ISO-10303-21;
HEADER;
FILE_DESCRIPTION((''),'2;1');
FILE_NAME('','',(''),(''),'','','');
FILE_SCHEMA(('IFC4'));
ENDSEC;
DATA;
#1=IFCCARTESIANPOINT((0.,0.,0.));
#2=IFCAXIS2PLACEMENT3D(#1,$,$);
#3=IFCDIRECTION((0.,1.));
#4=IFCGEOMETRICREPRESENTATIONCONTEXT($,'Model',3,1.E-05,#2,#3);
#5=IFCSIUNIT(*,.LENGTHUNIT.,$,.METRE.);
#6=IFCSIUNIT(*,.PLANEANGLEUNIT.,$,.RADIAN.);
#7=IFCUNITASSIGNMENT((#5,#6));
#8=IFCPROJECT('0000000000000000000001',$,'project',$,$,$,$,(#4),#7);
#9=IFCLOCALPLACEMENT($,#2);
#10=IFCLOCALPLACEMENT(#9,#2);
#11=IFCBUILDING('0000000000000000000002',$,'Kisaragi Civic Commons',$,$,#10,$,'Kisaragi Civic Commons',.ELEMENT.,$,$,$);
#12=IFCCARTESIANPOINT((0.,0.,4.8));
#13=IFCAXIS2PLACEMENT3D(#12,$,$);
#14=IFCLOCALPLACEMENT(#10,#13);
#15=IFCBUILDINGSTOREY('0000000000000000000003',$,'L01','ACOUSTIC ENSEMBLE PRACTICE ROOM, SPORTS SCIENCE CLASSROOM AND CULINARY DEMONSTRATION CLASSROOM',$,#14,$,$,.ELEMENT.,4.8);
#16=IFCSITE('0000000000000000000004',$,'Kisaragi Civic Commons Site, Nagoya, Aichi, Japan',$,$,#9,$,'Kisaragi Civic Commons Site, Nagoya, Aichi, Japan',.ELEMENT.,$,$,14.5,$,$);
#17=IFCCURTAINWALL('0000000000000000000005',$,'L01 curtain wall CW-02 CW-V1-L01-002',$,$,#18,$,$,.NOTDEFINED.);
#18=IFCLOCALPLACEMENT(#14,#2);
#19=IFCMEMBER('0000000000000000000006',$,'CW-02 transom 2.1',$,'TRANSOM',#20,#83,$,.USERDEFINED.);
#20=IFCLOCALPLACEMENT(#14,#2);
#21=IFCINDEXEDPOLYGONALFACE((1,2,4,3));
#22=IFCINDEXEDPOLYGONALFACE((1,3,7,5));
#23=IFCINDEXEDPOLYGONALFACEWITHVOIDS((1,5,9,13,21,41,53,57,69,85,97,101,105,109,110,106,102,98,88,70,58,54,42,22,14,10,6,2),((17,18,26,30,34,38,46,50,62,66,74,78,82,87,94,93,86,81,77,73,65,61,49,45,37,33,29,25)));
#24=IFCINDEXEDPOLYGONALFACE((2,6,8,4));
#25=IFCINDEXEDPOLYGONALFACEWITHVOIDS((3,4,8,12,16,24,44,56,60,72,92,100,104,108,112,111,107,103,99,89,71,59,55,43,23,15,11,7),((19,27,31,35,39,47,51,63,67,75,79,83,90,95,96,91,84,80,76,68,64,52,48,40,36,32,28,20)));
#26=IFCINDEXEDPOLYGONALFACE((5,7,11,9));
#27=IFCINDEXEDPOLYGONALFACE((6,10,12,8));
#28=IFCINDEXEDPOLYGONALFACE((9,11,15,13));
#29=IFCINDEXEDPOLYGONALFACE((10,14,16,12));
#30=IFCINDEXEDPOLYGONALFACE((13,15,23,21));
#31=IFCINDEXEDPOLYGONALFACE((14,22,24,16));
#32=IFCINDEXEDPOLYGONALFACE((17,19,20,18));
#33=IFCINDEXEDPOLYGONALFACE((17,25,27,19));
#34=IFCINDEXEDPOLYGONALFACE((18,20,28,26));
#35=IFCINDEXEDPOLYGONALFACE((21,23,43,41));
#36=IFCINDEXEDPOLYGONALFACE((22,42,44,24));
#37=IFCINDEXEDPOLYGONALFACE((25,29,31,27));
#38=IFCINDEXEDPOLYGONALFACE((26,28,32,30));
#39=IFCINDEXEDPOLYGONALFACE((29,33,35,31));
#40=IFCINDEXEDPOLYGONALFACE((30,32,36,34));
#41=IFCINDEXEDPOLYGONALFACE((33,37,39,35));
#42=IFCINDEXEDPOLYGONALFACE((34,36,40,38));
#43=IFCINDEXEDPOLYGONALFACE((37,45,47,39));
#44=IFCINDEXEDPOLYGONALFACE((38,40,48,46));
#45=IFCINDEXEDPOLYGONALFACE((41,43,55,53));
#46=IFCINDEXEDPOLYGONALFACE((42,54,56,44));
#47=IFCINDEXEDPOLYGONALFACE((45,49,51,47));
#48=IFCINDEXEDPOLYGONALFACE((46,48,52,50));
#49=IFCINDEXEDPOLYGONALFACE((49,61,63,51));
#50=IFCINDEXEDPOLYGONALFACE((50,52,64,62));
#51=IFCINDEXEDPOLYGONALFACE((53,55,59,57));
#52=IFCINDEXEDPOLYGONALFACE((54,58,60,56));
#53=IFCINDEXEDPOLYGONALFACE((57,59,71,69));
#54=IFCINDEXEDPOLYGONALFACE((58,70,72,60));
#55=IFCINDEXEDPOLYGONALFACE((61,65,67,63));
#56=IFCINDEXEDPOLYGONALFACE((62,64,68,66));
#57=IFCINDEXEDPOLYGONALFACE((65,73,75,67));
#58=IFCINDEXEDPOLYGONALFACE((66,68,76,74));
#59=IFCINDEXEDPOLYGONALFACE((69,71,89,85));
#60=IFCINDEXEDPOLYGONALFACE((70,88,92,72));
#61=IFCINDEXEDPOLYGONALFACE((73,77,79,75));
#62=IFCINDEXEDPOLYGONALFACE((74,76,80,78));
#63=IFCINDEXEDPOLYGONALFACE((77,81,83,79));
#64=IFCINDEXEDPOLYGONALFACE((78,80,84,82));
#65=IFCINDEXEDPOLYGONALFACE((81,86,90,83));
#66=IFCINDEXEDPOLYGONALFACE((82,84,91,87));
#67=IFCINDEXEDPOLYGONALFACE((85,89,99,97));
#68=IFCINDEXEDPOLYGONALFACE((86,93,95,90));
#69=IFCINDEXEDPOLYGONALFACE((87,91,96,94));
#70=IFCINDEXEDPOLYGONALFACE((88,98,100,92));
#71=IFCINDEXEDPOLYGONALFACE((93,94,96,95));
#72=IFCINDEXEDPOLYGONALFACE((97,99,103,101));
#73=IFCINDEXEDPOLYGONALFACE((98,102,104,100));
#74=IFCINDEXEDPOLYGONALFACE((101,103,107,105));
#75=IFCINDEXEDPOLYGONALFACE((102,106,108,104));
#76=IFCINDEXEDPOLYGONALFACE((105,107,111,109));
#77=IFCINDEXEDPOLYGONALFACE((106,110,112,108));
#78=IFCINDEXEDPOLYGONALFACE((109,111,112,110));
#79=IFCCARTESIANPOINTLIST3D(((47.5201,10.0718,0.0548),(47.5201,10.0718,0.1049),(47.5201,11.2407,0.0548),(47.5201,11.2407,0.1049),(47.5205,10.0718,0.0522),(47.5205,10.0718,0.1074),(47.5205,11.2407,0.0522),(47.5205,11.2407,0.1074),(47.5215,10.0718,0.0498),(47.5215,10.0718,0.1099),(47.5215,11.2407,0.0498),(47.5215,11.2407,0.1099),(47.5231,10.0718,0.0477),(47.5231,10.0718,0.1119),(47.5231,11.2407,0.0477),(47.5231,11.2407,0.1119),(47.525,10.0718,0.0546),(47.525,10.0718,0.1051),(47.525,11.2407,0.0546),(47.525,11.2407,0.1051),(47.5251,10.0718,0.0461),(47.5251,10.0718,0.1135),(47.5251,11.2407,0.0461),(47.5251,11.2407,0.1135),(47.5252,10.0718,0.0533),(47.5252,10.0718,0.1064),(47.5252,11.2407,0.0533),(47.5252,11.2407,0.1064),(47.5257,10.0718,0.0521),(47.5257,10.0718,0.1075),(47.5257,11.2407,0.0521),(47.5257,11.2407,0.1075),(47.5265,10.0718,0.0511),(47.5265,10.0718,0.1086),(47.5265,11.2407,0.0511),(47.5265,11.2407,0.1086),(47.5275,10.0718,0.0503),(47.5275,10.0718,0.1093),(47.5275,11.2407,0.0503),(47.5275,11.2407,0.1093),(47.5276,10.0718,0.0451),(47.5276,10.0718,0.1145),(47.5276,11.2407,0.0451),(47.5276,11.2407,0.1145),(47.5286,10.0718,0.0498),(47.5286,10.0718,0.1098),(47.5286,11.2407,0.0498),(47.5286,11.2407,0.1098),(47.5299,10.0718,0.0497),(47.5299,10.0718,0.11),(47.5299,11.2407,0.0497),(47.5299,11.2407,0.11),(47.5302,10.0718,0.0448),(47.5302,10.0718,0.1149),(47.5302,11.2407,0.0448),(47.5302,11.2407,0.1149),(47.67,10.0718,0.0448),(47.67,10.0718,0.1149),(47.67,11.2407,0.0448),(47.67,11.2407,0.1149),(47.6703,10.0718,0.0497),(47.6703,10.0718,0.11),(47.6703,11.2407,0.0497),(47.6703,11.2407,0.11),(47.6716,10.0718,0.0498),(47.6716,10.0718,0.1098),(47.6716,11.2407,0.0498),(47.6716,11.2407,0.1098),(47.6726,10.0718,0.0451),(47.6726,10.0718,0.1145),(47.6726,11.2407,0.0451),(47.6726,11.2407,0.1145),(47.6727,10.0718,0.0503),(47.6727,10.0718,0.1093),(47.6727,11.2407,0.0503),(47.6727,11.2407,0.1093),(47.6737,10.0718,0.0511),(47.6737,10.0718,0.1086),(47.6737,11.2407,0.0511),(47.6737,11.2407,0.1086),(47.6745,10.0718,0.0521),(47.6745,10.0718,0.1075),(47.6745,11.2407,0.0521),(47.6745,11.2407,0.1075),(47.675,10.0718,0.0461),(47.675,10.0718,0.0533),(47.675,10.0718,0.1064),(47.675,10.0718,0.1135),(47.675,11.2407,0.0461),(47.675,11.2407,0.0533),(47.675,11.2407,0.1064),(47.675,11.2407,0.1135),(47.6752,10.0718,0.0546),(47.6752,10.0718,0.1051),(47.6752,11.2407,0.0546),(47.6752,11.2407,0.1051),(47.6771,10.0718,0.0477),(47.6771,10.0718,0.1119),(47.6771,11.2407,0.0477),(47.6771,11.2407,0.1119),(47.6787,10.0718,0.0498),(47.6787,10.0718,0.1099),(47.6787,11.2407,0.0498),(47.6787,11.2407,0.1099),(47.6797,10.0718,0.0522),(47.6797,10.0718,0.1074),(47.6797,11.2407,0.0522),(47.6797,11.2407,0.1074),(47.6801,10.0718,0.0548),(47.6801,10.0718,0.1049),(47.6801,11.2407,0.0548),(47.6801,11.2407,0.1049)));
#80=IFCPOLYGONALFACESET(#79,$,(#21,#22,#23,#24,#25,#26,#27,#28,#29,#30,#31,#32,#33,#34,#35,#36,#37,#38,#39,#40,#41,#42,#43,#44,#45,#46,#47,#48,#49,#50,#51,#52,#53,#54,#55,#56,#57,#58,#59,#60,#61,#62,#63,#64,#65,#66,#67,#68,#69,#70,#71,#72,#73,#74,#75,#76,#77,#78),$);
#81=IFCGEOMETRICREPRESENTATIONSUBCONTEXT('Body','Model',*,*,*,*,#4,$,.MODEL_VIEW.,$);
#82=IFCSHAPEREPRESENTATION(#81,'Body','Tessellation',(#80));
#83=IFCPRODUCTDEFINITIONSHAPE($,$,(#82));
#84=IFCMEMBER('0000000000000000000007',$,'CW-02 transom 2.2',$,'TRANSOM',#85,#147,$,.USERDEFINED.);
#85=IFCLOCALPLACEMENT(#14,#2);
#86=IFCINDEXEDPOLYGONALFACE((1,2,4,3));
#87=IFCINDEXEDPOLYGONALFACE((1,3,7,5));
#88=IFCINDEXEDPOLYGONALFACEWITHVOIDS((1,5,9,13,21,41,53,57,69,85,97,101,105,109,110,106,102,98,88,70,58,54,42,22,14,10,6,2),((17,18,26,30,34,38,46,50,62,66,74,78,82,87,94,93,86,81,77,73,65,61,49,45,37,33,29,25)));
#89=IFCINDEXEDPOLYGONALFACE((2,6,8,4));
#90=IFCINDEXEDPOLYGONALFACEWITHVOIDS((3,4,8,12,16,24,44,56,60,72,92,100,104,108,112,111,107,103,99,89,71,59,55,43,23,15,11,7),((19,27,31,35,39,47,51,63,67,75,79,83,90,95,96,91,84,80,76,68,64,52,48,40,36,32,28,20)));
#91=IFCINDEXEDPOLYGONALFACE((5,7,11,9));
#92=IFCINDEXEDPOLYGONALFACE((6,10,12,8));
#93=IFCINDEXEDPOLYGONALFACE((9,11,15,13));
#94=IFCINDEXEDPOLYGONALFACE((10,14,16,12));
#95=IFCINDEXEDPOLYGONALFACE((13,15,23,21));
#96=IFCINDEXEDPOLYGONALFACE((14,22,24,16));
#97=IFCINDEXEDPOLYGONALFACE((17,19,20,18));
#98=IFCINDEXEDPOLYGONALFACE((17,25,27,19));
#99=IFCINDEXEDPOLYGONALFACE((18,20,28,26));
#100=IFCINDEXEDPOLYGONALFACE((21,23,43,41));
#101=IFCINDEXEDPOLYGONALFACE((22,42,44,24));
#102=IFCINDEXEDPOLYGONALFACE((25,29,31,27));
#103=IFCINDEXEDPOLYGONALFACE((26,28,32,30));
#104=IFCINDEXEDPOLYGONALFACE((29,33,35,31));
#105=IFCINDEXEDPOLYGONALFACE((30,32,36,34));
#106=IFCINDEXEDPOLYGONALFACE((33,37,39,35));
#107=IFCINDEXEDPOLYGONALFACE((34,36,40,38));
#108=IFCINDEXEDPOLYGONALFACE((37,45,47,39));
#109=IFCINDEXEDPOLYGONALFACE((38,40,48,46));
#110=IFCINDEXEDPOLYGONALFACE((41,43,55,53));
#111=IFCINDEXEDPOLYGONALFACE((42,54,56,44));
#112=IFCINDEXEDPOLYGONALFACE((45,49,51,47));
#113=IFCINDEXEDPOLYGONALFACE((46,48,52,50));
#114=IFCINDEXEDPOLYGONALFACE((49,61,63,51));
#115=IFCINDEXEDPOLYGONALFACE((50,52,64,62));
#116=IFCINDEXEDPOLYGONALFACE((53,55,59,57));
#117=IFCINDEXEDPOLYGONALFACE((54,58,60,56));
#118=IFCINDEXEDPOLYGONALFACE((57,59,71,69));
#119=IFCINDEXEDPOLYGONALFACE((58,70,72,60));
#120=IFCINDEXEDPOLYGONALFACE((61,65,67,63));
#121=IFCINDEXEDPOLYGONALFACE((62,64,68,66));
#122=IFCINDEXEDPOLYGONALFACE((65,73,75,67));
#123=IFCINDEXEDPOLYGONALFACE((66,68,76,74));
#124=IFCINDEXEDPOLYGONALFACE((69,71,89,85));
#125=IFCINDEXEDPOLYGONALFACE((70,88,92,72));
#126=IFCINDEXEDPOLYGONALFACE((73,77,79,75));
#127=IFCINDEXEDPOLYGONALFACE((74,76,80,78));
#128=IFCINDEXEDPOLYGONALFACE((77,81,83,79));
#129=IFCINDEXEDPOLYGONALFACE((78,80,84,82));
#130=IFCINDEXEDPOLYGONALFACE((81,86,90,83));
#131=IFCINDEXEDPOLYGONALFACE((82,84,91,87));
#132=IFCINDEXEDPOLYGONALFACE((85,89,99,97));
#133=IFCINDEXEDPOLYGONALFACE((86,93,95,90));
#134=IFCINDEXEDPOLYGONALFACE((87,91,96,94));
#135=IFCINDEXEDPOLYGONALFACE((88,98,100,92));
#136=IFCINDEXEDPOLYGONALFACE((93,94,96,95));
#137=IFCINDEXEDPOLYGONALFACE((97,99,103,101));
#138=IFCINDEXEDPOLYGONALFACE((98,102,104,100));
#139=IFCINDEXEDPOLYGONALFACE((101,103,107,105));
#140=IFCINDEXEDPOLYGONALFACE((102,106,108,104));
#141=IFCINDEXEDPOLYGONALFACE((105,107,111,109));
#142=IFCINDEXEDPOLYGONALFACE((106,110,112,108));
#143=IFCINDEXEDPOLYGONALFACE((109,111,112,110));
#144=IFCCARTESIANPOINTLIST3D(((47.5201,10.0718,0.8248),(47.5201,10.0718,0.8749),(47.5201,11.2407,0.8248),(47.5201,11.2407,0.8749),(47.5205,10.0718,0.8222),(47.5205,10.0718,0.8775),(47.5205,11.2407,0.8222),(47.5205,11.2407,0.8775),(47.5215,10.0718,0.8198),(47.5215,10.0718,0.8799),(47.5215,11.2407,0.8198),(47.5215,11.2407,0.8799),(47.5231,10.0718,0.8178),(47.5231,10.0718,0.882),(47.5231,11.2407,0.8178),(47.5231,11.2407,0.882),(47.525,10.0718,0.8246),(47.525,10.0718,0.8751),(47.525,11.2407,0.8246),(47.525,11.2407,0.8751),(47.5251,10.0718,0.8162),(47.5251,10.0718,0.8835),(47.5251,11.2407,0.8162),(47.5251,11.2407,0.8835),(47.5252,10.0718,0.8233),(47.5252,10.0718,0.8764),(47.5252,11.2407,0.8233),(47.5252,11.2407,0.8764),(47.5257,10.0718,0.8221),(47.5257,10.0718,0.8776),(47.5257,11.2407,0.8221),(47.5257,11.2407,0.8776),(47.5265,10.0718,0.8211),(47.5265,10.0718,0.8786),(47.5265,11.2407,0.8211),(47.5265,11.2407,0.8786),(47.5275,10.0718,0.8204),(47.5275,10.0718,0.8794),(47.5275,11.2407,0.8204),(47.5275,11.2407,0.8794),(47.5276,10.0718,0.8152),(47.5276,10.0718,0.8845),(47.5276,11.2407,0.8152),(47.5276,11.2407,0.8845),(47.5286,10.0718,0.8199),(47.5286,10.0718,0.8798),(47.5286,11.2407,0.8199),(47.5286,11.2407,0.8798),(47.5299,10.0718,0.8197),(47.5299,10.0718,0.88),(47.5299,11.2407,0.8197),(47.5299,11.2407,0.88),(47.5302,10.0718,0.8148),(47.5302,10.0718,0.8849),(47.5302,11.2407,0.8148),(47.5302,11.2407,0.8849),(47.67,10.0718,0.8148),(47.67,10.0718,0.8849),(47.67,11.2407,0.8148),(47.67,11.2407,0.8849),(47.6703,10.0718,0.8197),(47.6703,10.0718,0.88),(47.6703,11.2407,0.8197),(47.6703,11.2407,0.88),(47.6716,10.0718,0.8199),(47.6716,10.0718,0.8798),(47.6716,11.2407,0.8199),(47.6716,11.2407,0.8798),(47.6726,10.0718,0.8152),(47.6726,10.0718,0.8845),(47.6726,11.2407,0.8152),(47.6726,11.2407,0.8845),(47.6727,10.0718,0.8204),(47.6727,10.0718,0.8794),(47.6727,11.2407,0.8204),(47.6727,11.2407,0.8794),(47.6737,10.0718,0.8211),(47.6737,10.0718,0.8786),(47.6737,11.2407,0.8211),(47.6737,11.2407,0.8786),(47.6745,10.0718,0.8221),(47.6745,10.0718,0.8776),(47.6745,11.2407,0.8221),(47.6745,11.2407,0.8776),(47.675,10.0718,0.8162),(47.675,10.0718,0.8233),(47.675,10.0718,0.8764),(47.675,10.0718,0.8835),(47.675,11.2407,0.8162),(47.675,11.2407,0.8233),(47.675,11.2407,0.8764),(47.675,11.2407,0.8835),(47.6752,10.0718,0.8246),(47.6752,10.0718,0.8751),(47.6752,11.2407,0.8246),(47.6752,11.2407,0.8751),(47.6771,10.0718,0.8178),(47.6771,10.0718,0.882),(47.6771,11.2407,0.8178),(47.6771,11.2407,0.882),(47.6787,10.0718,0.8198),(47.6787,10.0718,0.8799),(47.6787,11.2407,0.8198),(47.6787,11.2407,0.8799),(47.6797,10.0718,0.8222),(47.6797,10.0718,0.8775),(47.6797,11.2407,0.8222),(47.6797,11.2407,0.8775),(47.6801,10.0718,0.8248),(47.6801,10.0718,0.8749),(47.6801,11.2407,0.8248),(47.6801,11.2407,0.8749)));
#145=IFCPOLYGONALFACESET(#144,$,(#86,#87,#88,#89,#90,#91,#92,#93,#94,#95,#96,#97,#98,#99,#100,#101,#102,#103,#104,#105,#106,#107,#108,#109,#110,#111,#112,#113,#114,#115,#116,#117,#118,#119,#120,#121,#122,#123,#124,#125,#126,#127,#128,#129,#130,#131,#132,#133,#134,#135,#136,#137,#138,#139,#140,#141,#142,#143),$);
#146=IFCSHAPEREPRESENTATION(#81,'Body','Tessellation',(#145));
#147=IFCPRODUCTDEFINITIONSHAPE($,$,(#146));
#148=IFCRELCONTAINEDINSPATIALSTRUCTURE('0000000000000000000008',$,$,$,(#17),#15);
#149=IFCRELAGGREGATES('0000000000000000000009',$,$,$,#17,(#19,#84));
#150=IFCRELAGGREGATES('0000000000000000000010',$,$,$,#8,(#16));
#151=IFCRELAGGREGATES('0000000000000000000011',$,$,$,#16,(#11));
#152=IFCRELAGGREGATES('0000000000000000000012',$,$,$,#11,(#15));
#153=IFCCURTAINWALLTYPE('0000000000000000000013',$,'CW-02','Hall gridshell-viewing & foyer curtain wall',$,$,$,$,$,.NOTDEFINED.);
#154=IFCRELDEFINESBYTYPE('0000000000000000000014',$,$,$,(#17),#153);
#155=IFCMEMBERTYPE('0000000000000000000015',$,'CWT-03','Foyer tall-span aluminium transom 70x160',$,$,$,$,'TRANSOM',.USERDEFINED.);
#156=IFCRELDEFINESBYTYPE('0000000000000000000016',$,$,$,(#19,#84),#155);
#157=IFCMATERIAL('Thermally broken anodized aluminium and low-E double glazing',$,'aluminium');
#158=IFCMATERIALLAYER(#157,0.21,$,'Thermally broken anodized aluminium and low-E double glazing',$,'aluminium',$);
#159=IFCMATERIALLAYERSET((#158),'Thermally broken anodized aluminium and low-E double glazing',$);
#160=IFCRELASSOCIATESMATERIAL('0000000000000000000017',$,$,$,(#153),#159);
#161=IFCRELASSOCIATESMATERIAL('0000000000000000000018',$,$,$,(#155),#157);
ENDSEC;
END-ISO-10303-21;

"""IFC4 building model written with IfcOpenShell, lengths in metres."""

from ifc_helpers import new_model, si_unit, direction, frame, origin, origin_2d, place, context, subcontext, project, spatial, hollow_rectangle, extrude, material, layer, layer_set, material_profile, profile_set, type_object, element, aggregate, save


model = new_model("IFC4")

# Units and contexts
model_context = context("Model", 3, precision=1e-05, world=origin(), true_north=direction((0.0, 1.0)))
body_context = subcontext(model_context, "Body", "Model", "MODEL_VIEW")
ifc_project = project(units=[si_unit("LENGTHUNIT", "METRE"), si_unit("PLANEANGLEUNIT", "RADIAN")], contexts=[model_context])

# Site, building, storey
site_placement = place(None, origin())
site = spatial("IfcSite", under=ifc_project, at=site_placement, Name="Kisaragi Civic Commons Site, Nagoya, Aichi, Japan", LongName="Kisaragi Civic Commons Site, Nagoya, Aichi, Japan", CompositionType="ELEMENT", RefElevation=14.5)
building_placement = place(site_placement, origin())
building = spatial("IfcBuilding", under=site, at=building_placement, Name="Kisaragi Civic Commons", LongName="Kisaragi Civic Commons", CompositionType="ELEMENT")
storey_placement = place(building_placement, frame((0.0, 0.0, 4.8)))
storey = spatial("IfcBuildingStorey", under=building, at=storey_placement, Name="L01", Description="ACOUSTIC ENSEMBLE PRACTICE ROOM, SPORTS SCIENCE CLASSROOM AND CULINARY DEMONSTRATION CLASSROOM", CompositionType="ELEMENT", Elevation=4.8)

# Curtain wall, members
ifc_material_1 = material(Name="Thermally broken anodized aluminium and low-E double glazing", Category="aluminium")
ifc_layer_1 = layer(ifc_material_1, 0.21, Name="Thermally broken anodized aluminium and low-E double glazing", Category="aluminium")
ifc_layer_set_1 = layer_set([ifc_layer_1], Name="Thermally broken anodized aluminium and low-E double glazing")
curtain_wall_type = type_object("IfcCurtainWallType", Name="CW-02", Description="Hall gridshell-viewing & foyer curtain wall", PredefinedType="NOTDEFINED", material=ifc_layer_set_1)
curtain_wall_placement = place(storey_placement, origin())
curtain_wall = element("IfcCurtainWall", 1, at=curtain_wall_placement, inside=storey, type_object=curtain_wall_type, Name="L01 curtain wall CW-02 CW-V1-L01-002", PredefinedType="NOTDEFINED")
ifc_material_profile_1 = material_profile(ifc_material_1, hollow_rectangle(XDim=0.1599, YDim=0.0701, WallThickness=0.0049, InnerFilletRadius=0.0049, OuterFilletRadius=0.01, at=origin_2d()), Name="CWT-70x160x5", Category="aluminium")
ifc_profile_set_1 = profile_set([ifc_material_profile_1], Name="Thermally broken anodized aluminium and low-E double glazing")
member_type_1 = type_object("IfcMemberType", Name="CWT-03", Description="Foyer tall-span aluminium transom 70x160", ElementType="TRANSOM", PredefinedType="USERDEFINED", material=ifc_profile_set_1)
member_1_placement = place(storey_placement, frame((47.6001, 11.2407, 0.0798), z_axis=(0.0, -1.0, 0.0), x_axis=(1.0, 0.0, 0.0)))
member_1 = element("IfcMember", 2, at=member_1_placement, type_object=member_type_1, Name="CW-02 transom 2.1", ObjectType="TRANSOM", PredefinedType="USERDEFINED", context=body_context, shape_type="SweptSolid", body=[
    extrude(hollow_rectangle(XDim=0.1599, YDim=0.0701, WallThickness=0.0049, InnerFilletRadius=0.0049, OuterFilletRadius=0.01, at=origin_2d()), origin(), (0.0, 0.0, 1.0), 1.1689),
])
member_2_placement = place(storey_placement, frame((47.6001, 11.2407, 0.8499), z_axis=(0.0, -1.0, 0.0), x_axis=(1.0, 0.0, 0.0)))
member_2 = element("IfcMember", 3, at=member_2_placement, type_object=member_type_1, Name="CW-02 transom 2.2", ObjectType="TRANSOM", PredefinedType="USERDEFINED", context=body_context, shape_type="SweptSolid", body=[
    extrude(hollow_rectangle(XDim=0.1599, YDim=0.0701, WallThickness=0.0049, InnerFilletRadius=0.0049, OuterFilletRadius=0.01, at=origin_2d()), origin(), (0.0, 0.0, 1.0), 1.1689),
])

aggregate(curtain_wall, [member_1, member_2])

save(model, "model.ifc")
